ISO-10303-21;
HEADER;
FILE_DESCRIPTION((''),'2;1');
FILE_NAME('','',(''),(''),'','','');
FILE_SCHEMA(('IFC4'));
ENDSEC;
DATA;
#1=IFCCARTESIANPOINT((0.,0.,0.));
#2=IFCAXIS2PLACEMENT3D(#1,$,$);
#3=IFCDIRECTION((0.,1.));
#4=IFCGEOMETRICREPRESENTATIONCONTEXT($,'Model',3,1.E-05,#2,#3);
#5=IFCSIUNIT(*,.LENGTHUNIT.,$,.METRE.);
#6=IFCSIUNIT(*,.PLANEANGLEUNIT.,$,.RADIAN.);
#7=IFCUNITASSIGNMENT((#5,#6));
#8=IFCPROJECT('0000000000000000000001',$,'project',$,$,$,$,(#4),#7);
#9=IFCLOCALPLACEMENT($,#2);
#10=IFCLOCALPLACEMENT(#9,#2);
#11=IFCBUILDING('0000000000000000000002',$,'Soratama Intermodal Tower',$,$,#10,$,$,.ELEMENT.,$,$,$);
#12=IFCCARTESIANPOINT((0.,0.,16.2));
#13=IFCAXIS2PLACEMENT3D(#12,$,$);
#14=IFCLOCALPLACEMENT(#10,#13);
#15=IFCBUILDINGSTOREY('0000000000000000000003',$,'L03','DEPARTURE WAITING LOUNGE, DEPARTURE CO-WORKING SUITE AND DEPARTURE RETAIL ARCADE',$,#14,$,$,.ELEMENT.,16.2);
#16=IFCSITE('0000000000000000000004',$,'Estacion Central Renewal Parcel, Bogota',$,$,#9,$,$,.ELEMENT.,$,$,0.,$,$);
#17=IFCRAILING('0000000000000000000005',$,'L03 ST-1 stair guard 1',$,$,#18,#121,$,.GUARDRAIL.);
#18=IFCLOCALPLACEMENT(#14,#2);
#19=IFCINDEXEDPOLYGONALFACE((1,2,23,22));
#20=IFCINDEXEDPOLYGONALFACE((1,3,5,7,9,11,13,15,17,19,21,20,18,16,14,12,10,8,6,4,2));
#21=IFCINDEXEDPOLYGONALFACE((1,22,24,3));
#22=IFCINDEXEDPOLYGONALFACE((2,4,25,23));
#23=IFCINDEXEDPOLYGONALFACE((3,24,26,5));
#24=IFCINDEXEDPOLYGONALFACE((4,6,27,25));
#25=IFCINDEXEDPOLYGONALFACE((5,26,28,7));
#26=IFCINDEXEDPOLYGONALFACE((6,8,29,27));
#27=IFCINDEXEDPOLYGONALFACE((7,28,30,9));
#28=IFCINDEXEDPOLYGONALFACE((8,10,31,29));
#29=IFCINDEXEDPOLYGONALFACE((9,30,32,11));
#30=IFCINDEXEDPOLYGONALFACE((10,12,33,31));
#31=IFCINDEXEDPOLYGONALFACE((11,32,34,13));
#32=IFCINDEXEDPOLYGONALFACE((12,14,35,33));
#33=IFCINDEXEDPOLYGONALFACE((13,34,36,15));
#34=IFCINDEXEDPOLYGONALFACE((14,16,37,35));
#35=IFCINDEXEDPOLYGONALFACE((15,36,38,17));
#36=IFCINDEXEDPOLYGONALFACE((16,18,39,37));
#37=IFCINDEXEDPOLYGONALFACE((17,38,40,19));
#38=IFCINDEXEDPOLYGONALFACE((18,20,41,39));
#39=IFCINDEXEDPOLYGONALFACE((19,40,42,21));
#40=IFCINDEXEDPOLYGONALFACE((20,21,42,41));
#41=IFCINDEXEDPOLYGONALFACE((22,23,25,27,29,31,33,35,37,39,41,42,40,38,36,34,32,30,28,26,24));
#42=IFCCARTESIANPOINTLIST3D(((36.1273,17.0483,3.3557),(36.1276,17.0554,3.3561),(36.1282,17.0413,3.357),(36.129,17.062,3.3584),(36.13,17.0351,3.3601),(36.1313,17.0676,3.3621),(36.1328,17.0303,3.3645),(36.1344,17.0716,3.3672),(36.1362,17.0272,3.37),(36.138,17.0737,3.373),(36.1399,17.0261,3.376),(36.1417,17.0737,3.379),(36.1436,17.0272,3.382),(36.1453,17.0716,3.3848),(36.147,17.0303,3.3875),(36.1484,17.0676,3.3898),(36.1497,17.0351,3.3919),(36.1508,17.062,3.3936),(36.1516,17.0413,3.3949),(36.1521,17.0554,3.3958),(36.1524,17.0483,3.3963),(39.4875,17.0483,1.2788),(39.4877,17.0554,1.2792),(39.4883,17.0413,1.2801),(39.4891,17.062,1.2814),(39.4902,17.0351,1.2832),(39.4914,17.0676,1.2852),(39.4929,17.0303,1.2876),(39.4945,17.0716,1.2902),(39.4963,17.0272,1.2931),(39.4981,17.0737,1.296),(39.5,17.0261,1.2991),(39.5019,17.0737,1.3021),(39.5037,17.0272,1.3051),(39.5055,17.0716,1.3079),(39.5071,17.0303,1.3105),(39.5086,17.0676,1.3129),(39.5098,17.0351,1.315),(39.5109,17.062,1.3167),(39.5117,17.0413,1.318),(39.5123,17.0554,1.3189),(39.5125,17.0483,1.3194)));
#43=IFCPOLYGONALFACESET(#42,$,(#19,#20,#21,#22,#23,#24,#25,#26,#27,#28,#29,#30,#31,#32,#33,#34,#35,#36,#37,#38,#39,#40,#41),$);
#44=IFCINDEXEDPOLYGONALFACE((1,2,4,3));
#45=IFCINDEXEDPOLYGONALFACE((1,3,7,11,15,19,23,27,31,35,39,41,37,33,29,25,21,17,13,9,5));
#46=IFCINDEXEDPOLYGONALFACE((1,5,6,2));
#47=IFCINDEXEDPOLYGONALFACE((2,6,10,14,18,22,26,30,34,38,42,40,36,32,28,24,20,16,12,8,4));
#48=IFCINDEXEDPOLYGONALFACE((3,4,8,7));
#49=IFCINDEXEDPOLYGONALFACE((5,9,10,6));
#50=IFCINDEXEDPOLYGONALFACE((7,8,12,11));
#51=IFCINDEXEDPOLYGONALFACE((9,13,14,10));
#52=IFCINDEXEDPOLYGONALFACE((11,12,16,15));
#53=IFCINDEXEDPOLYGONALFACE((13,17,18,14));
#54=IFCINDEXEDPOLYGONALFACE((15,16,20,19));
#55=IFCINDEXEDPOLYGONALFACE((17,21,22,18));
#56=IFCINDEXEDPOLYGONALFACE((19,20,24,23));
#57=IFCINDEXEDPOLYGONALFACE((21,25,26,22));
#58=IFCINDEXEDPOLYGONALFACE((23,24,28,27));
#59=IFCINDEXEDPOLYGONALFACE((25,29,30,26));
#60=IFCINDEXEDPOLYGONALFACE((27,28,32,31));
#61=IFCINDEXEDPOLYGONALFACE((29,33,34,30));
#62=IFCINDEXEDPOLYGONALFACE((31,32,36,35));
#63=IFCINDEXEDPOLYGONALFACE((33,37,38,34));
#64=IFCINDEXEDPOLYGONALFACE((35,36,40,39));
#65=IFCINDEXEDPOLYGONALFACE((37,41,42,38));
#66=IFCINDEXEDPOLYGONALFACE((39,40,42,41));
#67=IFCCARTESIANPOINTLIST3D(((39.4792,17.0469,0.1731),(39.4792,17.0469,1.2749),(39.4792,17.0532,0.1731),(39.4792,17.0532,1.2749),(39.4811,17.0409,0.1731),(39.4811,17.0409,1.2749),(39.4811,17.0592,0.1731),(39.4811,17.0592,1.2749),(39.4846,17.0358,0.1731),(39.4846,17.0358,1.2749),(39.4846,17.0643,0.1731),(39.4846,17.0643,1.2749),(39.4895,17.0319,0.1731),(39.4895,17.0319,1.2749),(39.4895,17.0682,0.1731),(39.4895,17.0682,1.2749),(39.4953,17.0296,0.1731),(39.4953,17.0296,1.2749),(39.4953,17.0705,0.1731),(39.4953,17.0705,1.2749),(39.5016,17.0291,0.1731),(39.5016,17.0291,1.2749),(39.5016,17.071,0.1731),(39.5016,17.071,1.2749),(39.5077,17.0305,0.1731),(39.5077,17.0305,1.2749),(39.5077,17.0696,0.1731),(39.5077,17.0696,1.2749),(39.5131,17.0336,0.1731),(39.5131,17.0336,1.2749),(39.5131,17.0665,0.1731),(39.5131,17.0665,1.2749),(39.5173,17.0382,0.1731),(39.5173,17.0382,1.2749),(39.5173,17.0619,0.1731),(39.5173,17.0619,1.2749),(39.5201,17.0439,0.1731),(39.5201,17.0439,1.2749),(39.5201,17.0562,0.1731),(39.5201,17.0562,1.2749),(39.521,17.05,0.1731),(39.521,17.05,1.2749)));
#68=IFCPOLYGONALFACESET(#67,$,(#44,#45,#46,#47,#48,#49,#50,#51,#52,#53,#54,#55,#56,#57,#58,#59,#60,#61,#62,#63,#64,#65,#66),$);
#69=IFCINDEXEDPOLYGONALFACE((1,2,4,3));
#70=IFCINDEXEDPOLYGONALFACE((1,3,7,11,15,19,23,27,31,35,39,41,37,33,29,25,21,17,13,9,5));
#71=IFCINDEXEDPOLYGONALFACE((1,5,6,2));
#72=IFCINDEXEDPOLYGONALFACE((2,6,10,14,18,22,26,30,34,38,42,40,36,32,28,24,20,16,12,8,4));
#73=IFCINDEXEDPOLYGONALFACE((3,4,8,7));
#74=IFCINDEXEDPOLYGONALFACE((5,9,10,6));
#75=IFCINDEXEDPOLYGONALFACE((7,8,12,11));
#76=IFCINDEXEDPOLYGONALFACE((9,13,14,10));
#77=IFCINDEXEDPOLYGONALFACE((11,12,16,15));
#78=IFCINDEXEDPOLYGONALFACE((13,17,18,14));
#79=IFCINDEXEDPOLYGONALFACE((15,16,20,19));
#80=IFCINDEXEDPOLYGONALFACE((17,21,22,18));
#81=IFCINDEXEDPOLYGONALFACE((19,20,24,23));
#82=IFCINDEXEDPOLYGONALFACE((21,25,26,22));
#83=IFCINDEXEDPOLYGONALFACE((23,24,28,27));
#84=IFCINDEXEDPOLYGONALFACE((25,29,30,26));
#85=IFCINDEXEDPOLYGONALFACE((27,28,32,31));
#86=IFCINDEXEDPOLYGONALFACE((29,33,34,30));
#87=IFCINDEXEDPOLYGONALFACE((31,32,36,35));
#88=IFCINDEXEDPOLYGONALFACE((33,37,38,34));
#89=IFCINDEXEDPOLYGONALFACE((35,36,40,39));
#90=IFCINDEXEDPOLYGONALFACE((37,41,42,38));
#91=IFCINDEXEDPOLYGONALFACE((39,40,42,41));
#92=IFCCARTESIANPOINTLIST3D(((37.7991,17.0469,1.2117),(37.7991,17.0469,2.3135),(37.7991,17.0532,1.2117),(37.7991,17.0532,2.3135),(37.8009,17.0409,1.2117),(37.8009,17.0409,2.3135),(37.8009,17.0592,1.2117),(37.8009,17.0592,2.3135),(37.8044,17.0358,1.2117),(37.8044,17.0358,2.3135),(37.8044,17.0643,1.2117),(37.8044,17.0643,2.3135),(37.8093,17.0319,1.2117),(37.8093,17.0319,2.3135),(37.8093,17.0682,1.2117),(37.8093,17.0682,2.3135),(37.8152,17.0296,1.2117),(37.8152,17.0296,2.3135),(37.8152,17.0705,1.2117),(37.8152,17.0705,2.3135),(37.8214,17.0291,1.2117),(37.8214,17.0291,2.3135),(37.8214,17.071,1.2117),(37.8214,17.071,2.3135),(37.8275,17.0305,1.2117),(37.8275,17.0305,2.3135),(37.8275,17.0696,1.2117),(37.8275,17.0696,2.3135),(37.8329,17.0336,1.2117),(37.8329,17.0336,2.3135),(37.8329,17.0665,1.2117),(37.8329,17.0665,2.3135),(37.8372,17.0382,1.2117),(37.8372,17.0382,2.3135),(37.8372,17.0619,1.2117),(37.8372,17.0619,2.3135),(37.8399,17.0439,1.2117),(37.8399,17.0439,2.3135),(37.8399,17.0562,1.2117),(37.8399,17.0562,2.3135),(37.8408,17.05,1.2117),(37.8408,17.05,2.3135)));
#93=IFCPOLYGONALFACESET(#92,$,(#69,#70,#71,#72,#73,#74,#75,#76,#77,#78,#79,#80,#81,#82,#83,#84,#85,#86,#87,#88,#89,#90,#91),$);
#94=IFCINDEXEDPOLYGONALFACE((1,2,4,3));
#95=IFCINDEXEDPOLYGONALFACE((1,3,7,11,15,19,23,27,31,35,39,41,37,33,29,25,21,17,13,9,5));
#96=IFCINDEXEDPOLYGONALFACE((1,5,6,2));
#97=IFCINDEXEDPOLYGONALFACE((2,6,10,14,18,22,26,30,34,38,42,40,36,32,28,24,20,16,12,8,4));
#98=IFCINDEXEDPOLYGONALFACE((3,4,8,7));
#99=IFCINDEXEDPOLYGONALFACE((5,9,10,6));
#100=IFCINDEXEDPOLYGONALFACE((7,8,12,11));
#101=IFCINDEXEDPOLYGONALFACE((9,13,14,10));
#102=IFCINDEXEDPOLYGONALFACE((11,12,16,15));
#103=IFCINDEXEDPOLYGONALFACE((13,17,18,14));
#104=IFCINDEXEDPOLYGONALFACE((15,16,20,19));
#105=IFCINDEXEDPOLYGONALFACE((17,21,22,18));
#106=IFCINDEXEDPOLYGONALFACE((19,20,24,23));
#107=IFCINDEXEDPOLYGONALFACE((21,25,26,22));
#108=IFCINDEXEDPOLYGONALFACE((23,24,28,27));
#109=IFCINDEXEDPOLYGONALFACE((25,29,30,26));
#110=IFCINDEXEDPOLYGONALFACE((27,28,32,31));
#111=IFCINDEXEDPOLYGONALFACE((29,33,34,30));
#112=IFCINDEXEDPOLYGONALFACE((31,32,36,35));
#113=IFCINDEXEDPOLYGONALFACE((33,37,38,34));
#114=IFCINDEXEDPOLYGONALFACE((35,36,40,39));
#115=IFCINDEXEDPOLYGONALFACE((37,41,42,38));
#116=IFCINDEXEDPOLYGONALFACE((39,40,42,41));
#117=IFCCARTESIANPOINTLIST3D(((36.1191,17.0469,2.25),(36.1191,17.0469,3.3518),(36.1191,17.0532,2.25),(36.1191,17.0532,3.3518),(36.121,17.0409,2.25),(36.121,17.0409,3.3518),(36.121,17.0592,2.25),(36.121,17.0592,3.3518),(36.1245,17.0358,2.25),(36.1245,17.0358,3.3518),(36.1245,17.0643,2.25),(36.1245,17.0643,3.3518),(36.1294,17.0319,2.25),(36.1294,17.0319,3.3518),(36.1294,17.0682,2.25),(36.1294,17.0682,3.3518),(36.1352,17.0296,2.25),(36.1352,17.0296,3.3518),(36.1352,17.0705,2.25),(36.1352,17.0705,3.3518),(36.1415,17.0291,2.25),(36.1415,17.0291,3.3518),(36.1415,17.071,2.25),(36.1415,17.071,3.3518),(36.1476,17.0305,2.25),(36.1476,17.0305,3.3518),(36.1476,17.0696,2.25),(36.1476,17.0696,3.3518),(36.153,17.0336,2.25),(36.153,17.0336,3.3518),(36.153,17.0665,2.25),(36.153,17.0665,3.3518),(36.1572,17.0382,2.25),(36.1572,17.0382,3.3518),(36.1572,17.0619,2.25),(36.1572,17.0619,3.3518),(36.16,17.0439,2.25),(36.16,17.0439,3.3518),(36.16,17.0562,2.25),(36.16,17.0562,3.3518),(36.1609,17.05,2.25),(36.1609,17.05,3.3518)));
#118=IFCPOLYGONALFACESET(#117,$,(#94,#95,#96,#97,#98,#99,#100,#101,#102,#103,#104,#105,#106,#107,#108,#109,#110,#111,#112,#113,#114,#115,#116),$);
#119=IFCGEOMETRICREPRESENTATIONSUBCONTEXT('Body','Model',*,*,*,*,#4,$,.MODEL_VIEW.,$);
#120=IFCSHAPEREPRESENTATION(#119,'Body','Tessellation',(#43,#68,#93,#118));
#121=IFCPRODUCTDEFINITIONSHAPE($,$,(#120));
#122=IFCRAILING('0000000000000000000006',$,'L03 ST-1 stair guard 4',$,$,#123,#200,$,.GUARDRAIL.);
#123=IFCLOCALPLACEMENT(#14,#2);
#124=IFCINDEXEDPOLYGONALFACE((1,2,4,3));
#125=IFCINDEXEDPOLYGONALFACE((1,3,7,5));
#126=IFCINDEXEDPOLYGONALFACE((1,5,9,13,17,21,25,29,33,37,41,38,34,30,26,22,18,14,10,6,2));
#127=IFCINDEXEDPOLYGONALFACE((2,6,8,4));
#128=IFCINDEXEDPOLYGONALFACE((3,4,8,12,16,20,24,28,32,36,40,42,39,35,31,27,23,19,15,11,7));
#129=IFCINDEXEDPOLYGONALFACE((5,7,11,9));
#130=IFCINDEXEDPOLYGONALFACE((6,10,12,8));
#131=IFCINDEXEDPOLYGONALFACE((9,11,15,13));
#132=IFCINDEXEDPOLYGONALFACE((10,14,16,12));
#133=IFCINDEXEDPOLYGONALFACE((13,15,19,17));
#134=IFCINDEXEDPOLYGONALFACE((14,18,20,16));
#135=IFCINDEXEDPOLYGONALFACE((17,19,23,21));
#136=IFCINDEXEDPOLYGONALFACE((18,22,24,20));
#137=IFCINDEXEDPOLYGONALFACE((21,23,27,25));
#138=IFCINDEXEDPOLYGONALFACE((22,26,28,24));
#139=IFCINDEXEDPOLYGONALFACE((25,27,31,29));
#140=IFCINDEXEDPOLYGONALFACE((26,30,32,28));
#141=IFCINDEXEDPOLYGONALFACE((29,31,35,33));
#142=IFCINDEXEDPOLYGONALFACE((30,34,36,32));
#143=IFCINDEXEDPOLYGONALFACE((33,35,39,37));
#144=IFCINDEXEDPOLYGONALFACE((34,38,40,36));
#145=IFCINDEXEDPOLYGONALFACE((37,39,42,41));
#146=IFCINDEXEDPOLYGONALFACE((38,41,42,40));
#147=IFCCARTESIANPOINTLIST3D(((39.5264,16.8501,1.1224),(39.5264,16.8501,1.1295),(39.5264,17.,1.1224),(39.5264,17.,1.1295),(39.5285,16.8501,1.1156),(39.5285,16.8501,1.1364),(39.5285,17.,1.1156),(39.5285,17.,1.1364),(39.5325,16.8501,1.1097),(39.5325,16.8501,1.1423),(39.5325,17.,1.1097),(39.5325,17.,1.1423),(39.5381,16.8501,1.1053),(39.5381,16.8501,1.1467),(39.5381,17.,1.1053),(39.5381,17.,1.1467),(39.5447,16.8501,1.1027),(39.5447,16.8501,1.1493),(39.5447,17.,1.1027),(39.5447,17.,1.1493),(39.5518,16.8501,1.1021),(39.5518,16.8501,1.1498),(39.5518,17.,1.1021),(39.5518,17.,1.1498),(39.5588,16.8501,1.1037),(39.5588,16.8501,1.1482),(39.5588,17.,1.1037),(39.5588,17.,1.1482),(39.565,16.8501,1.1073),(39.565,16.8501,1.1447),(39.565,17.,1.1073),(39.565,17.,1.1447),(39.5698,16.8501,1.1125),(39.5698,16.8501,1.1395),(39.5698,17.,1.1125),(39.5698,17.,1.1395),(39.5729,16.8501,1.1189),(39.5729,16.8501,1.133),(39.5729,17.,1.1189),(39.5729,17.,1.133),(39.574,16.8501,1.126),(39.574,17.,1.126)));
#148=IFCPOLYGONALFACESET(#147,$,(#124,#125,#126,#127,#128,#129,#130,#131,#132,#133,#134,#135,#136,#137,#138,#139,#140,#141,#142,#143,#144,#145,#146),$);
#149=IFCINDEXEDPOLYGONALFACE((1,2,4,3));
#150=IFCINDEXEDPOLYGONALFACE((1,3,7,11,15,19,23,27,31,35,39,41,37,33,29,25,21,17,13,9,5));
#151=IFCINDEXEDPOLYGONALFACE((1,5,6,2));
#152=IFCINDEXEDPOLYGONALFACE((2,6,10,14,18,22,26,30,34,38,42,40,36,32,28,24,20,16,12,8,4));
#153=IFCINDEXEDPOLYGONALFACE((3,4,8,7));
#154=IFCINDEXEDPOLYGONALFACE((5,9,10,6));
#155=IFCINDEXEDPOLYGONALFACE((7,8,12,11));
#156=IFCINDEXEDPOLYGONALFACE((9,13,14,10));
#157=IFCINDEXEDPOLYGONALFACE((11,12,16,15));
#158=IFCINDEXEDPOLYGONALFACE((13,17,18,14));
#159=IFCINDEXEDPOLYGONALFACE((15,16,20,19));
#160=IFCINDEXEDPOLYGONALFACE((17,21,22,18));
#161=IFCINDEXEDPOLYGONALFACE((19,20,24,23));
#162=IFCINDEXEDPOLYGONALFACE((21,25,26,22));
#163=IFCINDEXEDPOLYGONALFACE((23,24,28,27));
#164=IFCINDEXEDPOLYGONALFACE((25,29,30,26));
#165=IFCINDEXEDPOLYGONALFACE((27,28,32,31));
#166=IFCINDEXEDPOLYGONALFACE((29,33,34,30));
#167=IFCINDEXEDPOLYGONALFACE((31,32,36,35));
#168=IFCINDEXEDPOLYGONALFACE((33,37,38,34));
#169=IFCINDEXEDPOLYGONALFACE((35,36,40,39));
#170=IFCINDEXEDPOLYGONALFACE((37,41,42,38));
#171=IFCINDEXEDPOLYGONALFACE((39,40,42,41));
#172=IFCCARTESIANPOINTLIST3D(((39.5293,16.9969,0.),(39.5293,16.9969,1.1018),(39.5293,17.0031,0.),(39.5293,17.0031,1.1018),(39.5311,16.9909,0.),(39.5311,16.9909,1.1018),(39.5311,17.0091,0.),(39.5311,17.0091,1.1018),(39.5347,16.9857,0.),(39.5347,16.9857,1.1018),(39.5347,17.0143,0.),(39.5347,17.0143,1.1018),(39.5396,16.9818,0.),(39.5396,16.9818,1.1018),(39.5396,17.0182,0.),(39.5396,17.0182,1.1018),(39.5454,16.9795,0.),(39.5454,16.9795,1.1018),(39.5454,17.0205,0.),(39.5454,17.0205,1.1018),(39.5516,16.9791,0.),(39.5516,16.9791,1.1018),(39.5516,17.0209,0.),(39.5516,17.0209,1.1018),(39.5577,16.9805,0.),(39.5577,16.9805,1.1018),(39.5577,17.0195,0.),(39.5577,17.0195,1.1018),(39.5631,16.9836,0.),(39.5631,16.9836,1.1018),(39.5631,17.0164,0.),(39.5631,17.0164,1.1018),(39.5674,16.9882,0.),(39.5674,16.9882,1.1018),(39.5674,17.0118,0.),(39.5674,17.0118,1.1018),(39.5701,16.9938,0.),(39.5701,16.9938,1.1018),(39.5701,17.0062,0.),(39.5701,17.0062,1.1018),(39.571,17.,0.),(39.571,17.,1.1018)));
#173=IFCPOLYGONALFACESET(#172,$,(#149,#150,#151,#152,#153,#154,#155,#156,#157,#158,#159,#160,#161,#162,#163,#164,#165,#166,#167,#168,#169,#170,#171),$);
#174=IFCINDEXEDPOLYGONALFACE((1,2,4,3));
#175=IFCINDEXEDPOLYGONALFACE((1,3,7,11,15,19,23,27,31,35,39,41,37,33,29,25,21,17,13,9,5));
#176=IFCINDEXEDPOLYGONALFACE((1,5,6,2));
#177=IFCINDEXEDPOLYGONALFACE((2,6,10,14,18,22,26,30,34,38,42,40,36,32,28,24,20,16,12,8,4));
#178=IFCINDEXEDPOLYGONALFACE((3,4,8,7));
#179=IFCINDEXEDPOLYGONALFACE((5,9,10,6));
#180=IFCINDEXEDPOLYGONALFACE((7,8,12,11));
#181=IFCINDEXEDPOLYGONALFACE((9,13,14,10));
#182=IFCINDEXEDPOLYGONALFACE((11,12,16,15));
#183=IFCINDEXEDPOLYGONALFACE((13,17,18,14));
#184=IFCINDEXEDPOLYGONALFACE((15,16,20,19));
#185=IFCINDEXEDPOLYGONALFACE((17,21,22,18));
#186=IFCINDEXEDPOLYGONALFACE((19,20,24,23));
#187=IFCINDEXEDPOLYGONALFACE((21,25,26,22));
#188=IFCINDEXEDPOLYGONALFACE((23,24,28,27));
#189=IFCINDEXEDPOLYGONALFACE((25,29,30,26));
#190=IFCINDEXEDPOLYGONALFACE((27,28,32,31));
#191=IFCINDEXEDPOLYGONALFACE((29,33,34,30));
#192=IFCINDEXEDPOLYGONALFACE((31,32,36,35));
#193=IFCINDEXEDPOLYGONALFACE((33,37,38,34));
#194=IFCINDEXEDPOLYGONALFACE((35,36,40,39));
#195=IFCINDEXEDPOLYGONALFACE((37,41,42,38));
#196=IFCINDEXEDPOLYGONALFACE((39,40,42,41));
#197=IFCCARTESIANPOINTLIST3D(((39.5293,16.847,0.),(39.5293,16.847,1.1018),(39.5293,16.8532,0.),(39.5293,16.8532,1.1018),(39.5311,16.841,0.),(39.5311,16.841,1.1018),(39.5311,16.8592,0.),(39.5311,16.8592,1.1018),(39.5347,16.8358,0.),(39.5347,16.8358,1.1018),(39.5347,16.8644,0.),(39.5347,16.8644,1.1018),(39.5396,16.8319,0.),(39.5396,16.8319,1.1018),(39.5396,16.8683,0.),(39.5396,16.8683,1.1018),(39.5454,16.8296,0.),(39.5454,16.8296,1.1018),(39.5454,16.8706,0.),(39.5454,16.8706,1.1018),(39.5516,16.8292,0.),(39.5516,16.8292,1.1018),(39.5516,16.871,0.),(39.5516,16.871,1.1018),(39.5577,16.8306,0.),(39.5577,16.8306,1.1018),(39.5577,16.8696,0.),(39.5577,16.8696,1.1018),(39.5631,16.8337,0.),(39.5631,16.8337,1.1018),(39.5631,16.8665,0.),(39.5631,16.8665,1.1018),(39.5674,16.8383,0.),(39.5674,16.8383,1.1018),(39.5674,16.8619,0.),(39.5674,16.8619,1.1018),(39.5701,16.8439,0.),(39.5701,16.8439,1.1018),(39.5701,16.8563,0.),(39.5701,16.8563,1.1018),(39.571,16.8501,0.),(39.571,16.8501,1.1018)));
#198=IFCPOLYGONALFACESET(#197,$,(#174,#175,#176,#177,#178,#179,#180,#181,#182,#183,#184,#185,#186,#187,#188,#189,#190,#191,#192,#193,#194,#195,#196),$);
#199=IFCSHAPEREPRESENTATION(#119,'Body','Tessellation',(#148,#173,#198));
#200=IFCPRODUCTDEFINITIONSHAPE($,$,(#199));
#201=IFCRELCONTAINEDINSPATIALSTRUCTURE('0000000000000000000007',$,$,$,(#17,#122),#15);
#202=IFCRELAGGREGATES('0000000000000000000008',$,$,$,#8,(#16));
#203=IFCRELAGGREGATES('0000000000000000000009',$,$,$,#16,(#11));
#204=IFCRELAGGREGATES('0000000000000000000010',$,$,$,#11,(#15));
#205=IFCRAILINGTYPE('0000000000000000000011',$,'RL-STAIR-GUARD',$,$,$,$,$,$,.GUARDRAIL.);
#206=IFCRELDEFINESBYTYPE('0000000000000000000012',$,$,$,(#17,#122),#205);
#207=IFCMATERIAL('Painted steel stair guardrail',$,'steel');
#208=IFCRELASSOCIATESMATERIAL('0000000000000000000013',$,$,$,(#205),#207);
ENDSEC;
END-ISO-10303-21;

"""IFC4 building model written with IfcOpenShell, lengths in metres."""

from ifc_helpers import new_model, si_unit, direction, frame, origin, origin_2d, place, context, subcontext, project, spatial, circle, extrude, material, type_object, element, save


model = new_model("IFC4")

# Units and contexts
model_context = context("Model", 3, precision=1e-05, world=origin(), true_north=direction((0.0, 1.0)))
body_context = subcontext(model_context, "Body", "Model", "MODEL_VIEW")
ifc_project = project(units=[si_unit("LENGTHUNIT", "METRE"), si_unit("PLANEANGLEUNIT", "RADIAN")], contexts=[model_context])

# Site, building, storey
site_placement = place(None, origin())
site = spatial("IfcSite", under=ifc_project, at=site_placement, Name="Estacion Central Renewal Parcel, Bogota", CompositionType="ELEMENT", RefElevation=0.0)
building_placement = place(site_placement, origin())
building = spatial("IfcBuilding", under=site, at=building_placement, Name="Soratama Intermodal Tower", CompositionType="ELEMENT")
storey_placement = place(building_placement, frame((0.0, 0.0, 16.2)))
storey = spatial("IfcBuildingStorey", under=building, at=storey_placement, Name="L03", Description="DEPARTURE WAITING LOUNGE, DEPARTURE CO-WORKING SUITE AND DEPARTURE RETAIL ARCADE", CompositionType="ELEMENT", Elevation=16.2)

# Railings
ifc_material_1 = material(Name="Painted steel stair guardrail", Category="steel")
railing_type_1 = type_object("IfcRailingType", Name="RL-STAIR-GUARD", PredefinedType="GUARDRAIL", material=ifc_material_1)
railing_1_placement = place(storey_placement, frame((39.5, 17.05, 0.1731)))
element("IfcRailing", 1, at=railing_1_placement, inside=storey, type_object=railing_type_1, Name="L03 ST-1 stair guard 1", PredefinedType="GUARDRAIL", context=body_context, shape_type="SweptSolid", body=[
    extrude(circle(Radius=0.0239, at=origin_2d()), frame((0.0, 0.0, 1.126), z_axis=(-0.850623, 0.0, 0.525776), x_axis=(0.0, -1.0, 0.0)), (0.0, 0.0, 1.0), 3.9502),
    extrude(circle(Radius=0.021, at=origin_2d()), origin(), (0.0, 0.0, 1.0), 1.1018),
    extrude(circle(Radius=0.021, at=origin_2d()), frame((-1.6802, 0.0, 1.0386)), (0.0, 0.0, 1.0), 1.1018),
    extrude(circle(Radius=0.021, at=origin_2d()), frame((-3.3601, 0.0, 2.0769)), (0.0, 0.0, 1.0), 1.1018),
])
railing_2_placement = place(storey_placement, frame((39.55, 17.0, 0.0)))
element("IfcRailing", 2, at=railing_2_placement, inside=storey, type_object=railing_type_1, Name="L03 ST-1 stair guard 4", PredefinedType="GUARDRAIL", context=body_context, shape_type="SweptSolid", body=[
    extrude(circle(Radius=0.0239, at=origin_2d()), frame((0.0, 0.0, 1.126), z_axis=(0.0, -1.0, 0.0), x_axis=(1.0, 0.0, 0.0)), (0.0, 0.0, 1.0), 0.1499),
    extrude(circle(Radius=0.021, at=origin_2d()), origin(), (0.0, 0.0, 1.0), 1.1018),
    extrude(circle(Radius=0.021, at=origin_2d()), frame((0.0, -0.1499, 0.0)), (0.0, 0.0, 1.0), 1.1018),
])

save(model, "model.ifc")
